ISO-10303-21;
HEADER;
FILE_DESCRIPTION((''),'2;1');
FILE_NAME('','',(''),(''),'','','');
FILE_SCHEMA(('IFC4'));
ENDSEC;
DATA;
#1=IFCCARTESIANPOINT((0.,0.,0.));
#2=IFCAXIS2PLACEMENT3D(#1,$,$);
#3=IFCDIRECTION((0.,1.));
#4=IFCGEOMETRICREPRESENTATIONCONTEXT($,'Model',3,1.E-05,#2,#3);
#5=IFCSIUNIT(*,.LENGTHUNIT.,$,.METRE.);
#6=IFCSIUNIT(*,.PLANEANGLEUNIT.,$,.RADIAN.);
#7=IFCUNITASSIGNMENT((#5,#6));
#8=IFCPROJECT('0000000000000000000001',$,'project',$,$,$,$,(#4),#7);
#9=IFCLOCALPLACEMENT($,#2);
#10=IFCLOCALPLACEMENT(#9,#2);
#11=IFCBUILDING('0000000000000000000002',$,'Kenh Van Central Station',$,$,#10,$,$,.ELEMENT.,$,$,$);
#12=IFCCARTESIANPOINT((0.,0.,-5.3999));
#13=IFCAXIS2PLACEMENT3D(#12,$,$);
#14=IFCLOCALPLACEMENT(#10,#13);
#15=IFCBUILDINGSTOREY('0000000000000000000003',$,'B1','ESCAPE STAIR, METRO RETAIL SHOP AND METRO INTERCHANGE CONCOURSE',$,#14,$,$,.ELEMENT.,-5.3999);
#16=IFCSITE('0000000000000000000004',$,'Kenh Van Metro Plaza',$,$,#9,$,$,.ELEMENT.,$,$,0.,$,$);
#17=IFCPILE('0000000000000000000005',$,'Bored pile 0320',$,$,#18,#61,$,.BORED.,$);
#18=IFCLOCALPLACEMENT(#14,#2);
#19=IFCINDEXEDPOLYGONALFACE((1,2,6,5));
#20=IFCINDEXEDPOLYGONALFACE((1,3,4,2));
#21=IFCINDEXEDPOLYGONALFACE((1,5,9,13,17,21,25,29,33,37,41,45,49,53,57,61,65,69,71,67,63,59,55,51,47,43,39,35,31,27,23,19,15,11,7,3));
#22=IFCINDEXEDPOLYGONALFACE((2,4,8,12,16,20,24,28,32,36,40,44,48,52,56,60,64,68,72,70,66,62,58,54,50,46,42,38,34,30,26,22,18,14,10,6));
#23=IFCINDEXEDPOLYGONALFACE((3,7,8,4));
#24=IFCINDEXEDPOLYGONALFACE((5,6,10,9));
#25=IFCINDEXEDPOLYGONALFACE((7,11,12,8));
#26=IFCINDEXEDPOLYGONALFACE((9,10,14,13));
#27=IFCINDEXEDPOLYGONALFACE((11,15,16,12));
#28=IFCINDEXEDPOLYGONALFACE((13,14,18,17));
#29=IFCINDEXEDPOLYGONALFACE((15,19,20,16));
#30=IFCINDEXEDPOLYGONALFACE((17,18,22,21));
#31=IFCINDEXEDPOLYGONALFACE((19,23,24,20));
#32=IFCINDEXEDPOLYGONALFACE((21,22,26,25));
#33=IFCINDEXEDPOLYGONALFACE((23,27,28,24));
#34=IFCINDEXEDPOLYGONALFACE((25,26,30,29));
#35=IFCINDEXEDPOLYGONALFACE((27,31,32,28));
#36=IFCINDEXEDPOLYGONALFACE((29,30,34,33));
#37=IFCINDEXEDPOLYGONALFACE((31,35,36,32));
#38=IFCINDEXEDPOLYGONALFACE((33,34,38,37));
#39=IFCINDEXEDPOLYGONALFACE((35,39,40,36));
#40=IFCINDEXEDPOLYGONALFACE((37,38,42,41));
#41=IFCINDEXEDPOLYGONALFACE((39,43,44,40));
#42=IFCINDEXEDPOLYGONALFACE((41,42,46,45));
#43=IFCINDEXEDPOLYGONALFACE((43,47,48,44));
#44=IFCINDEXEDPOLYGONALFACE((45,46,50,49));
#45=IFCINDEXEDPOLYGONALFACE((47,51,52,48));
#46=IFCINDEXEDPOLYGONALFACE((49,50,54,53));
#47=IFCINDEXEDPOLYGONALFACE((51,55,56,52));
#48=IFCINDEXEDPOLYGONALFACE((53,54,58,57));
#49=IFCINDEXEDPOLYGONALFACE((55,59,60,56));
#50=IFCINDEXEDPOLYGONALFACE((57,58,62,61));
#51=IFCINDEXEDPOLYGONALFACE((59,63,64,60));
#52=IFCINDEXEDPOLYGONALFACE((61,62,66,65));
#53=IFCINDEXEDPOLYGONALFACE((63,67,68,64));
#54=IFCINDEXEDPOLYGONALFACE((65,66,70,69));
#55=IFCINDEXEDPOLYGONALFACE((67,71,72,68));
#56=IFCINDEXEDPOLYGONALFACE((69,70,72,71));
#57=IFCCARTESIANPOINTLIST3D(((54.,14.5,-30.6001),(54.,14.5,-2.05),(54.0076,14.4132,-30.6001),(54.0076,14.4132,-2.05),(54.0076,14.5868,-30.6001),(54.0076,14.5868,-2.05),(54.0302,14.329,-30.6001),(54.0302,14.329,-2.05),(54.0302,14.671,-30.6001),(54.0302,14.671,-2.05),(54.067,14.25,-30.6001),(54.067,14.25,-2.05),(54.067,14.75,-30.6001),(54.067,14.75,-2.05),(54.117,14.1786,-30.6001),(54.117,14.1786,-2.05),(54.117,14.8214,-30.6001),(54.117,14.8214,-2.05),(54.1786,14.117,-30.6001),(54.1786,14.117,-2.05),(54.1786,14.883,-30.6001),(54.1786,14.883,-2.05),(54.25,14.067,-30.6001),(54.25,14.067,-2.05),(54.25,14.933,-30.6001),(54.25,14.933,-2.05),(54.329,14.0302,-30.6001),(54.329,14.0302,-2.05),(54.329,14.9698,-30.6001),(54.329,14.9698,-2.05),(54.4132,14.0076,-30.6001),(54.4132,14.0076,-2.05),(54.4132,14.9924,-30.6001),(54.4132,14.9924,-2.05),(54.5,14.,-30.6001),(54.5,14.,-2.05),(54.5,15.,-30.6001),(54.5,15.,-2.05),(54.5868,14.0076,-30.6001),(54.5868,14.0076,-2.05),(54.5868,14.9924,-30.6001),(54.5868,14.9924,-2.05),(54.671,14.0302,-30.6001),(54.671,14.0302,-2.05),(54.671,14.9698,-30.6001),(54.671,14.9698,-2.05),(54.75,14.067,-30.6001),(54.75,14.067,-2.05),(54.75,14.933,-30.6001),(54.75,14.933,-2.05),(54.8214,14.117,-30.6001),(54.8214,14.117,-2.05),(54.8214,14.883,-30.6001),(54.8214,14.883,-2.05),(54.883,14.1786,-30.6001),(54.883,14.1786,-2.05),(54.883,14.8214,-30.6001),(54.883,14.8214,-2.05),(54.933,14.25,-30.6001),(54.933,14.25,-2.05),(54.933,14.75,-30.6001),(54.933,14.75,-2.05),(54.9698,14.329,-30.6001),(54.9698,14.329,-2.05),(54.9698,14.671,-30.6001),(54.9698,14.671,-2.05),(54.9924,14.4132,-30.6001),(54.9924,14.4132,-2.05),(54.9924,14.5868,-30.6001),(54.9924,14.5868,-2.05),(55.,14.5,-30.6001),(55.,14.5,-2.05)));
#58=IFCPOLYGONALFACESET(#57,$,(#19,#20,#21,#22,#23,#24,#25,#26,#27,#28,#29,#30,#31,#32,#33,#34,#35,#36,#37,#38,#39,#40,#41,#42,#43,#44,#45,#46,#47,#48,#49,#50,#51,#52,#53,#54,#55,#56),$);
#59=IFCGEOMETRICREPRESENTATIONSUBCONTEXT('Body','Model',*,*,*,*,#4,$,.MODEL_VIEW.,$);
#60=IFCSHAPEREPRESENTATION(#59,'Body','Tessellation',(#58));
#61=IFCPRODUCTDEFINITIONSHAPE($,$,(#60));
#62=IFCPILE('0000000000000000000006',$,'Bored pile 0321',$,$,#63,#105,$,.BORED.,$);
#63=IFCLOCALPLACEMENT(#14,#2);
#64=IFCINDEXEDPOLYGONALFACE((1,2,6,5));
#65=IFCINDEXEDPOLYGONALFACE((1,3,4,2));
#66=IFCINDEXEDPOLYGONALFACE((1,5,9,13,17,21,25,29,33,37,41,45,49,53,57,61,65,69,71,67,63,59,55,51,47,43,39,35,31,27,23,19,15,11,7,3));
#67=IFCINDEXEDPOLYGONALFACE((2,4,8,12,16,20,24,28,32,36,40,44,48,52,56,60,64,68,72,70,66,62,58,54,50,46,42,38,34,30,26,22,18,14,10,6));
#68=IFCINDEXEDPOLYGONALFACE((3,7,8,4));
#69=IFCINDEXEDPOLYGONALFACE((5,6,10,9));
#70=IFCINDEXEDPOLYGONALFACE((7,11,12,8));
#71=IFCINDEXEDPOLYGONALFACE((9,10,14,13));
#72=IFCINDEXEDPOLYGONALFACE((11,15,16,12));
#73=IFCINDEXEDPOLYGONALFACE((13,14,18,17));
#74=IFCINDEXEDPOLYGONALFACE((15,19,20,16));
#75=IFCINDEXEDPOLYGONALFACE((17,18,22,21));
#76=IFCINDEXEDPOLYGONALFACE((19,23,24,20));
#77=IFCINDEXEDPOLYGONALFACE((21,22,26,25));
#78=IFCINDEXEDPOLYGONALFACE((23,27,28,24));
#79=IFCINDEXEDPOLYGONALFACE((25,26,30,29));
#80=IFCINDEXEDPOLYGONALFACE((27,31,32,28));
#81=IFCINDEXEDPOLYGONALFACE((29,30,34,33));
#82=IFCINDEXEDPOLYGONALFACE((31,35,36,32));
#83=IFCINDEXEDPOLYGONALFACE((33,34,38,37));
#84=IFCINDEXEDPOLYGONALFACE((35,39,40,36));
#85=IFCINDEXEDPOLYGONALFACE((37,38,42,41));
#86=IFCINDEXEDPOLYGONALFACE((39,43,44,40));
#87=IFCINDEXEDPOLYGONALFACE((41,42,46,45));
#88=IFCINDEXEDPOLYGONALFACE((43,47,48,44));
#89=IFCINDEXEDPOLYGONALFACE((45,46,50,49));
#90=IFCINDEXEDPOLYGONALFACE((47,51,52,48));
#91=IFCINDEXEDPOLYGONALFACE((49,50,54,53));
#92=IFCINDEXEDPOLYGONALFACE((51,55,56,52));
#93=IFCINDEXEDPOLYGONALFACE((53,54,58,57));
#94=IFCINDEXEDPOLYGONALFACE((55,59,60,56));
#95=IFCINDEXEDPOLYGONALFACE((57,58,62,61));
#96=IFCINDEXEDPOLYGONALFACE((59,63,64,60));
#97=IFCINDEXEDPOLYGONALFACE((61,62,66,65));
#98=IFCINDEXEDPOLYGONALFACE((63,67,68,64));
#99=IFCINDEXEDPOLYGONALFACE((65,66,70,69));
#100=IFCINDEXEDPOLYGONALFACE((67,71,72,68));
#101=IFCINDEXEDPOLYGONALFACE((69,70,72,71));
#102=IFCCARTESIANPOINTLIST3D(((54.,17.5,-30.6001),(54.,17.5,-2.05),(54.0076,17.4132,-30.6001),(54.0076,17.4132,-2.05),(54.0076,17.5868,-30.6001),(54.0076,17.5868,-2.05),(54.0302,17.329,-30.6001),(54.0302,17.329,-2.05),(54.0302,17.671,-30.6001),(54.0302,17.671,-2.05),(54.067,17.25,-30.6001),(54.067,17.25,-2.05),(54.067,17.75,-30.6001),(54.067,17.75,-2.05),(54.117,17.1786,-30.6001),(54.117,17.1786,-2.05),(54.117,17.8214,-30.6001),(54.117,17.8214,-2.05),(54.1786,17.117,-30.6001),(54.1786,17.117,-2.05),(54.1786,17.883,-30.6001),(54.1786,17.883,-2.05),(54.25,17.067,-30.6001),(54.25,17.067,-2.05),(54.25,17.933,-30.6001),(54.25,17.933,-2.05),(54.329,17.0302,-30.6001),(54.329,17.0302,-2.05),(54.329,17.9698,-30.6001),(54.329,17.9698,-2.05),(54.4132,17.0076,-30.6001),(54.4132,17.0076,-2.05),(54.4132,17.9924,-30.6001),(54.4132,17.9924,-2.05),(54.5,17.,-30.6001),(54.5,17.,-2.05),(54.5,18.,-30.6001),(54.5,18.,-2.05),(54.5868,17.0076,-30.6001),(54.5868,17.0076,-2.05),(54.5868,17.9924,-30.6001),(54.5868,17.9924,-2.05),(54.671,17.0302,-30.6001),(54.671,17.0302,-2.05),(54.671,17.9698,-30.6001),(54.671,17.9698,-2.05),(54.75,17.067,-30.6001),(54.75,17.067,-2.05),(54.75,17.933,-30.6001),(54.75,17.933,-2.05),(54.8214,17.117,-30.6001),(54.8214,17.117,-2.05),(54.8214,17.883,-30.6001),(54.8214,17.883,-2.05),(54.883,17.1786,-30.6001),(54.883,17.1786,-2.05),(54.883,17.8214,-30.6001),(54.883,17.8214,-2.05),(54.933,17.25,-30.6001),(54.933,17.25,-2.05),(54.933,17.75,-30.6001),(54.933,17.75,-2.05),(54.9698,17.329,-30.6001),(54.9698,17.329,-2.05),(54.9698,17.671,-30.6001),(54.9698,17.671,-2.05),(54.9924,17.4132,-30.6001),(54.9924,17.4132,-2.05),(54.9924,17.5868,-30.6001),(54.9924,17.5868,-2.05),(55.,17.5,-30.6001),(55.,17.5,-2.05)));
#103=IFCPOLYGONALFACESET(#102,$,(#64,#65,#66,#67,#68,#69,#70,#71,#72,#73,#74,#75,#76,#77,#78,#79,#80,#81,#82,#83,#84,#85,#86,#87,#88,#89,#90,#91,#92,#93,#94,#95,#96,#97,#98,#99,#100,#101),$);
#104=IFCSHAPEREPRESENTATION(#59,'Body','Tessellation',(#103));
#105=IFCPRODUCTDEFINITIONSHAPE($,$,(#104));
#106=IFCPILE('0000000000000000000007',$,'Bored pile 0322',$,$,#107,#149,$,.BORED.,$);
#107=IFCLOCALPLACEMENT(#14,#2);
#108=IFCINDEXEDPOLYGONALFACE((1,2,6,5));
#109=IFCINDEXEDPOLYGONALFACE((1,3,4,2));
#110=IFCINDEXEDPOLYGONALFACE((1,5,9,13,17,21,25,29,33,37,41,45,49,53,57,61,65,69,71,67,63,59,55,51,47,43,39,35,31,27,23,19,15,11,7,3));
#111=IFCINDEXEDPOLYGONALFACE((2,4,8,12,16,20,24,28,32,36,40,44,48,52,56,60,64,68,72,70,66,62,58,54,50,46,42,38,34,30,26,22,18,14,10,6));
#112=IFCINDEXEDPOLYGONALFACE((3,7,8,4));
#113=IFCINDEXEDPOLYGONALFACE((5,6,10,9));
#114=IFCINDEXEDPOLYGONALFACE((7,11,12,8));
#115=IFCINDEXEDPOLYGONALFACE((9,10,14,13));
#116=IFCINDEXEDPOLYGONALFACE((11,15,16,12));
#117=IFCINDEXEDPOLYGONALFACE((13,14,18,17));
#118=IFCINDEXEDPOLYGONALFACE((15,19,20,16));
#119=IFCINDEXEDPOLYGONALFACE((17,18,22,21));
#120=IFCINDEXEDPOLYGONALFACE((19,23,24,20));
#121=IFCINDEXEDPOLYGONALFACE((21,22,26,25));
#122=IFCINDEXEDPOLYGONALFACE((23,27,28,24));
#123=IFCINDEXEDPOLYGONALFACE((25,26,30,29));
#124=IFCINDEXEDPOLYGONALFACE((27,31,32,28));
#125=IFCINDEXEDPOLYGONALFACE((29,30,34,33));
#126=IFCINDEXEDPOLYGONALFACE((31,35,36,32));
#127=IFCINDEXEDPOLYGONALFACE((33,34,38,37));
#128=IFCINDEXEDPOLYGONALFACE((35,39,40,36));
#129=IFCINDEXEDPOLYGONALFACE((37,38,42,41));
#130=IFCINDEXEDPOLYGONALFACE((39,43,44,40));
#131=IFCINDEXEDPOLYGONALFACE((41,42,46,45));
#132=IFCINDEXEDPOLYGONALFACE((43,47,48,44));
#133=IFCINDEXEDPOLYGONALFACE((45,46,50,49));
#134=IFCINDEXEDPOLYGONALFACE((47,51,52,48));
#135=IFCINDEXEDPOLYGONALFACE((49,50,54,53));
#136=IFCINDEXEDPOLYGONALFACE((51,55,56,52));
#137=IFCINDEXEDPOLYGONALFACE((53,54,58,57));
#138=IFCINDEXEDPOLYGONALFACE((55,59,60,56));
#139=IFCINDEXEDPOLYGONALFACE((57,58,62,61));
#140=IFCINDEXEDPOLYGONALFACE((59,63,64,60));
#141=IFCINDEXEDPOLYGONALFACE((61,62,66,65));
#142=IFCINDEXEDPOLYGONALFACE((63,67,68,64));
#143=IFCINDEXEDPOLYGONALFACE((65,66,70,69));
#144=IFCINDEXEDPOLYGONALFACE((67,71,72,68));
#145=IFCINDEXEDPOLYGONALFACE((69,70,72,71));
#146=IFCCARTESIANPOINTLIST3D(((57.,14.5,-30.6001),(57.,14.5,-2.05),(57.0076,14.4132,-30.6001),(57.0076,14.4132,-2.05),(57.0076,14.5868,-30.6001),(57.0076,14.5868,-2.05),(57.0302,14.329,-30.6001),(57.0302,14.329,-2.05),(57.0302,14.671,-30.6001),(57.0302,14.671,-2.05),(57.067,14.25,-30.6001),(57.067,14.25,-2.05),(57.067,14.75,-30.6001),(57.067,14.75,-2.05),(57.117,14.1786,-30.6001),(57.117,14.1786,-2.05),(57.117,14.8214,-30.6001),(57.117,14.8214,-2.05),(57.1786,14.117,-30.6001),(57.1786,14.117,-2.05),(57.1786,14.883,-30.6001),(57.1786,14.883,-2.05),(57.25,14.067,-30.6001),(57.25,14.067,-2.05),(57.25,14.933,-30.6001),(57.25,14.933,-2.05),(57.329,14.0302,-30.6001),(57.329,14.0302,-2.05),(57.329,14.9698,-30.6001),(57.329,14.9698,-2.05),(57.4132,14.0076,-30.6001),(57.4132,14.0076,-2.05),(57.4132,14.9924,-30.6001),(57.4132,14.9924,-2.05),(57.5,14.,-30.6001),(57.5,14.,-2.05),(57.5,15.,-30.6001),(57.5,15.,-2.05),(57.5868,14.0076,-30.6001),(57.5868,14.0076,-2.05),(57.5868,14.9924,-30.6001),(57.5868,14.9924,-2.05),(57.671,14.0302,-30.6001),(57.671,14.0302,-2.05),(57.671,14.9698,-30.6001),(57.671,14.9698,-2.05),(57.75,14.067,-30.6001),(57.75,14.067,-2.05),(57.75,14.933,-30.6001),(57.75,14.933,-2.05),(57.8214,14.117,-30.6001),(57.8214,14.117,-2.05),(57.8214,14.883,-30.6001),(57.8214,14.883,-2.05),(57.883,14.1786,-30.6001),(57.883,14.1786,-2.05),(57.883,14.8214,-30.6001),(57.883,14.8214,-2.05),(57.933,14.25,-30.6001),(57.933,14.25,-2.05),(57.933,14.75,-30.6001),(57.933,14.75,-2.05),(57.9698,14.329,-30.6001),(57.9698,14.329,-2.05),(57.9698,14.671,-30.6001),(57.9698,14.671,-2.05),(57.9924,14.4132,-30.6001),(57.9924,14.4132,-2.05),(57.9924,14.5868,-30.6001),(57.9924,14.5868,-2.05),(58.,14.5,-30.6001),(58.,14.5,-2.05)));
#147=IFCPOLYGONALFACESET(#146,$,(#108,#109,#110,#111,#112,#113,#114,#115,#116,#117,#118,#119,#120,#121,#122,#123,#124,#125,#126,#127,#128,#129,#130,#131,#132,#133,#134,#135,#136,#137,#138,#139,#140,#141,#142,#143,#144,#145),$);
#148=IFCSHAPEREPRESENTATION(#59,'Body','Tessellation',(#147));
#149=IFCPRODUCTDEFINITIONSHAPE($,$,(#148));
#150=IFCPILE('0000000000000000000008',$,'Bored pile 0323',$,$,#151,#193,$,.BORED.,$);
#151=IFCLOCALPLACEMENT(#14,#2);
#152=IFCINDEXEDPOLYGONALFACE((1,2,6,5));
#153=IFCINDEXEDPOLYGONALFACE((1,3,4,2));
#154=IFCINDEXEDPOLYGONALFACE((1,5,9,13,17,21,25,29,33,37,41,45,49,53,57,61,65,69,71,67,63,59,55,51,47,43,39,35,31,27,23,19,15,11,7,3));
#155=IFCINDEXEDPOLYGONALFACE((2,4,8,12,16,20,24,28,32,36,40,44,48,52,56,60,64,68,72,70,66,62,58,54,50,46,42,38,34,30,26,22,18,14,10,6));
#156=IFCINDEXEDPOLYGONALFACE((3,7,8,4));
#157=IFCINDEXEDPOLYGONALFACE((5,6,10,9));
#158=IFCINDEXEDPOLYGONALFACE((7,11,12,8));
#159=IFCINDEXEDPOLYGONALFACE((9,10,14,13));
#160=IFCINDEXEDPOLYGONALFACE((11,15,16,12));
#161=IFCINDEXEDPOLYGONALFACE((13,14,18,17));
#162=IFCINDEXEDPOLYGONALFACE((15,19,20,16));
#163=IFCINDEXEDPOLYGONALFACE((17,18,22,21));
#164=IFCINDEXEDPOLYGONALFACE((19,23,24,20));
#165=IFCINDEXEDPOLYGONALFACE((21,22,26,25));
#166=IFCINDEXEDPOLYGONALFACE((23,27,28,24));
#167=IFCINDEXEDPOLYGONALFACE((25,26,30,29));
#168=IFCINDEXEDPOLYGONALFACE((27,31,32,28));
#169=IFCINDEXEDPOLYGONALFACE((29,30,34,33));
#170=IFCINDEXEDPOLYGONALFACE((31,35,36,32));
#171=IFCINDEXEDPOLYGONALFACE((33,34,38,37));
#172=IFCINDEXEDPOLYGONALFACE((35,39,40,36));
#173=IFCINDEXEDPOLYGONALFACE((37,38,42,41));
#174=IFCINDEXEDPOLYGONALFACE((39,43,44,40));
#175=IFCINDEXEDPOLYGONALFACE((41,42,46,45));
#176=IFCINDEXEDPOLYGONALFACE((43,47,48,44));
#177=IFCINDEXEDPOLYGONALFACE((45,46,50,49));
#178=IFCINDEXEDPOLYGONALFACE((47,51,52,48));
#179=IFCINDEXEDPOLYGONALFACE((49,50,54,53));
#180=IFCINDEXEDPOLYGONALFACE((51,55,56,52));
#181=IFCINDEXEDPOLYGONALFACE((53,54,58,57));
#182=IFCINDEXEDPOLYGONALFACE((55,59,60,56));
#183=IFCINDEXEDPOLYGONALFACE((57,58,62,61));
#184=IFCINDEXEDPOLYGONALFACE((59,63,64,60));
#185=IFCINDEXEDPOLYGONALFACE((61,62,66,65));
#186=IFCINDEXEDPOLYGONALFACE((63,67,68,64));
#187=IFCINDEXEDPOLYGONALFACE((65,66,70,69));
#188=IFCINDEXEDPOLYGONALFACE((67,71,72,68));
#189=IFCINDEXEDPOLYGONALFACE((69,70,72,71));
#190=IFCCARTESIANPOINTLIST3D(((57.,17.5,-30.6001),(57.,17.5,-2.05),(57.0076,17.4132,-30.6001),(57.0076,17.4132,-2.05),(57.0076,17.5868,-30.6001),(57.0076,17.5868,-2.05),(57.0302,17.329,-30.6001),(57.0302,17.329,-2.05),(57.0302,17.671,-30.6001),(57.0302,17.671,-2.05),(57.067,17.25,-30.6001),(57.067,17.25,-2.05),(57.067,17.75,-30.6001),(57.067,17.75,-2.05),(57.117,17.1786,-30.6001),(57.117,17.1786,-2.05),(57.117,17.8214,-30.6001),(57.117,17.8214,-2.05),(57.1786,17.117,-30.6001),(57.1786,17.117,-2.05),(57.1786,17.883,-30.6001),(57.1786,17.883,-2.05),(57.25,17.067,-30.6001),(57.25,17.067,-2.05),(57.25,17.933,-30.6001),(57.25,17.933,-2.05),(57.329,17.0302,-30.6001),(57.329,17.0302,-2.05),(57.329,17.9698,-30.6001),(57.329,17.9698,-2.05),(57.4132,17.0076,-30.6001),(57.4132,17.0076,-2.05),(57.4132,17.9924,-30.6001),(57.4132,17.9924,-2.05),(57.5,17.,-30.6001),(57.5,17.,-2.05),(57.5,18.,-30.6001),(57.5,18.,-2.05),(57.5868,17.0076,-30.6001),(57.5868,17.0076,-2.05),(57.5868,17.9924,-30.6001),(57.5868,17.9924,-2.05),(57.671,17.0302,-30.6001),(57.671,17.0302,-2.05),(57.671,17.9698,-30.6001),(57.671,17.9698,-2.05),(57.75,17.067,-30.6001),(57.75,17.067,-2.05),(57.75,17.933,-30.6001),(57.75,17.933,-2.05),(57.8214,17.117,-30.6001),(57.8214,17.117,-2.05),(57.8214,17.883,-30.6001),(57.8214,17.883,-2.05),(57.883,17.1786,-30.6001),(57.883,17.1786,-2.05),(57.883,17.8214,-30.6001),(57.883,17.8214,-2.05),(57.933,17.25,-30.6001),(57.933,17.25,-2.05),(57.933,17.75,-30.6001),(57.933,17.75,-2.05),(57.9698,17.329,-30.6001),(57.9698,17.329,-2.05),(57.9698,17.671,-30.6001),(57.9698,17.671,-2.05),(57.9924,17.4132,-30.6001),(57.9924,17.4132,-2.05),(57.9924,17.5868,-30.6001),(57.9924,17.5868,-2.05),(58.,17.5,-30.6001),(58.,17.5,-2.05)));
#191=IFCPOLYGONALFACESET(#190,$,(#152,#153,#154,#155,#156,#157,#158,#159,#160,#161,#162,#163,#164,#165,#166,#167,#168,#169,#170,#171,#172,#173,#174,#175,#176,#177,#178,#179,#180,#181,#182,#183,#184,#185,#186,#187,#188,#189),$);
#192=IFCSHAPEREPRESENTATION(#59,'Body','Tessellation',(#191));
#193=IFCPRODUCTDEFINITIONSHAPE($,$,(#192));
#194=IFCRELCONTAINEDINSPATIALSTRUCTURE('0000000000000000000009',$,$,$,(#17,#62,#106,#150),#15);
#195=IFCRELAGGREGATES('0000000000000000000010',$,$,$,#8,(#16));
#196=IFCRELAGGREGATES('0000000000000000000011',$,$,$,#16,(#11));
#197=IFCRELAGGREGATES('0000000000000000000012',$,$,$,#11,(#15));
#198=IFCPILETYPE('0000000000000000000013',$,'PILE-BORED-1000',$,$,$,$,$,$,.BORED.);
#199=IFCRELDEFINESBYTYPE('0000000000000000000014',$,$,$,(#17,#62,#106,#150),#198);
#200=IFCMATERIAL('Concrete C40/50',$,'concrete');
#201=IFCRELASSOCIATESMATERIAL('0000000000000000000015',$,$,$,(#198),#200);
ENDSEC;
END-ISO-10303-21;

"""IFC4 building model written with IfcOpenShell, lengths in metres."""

from ifc_helpers import new_model, si_unit, direction, frame, origin, origin_2d, place, context, subcontext, project, spatial, circle, extrude, material, material_profile, profile_set, type_object, element, save


model = new_model("IFC4")

# Units and contexts
model_context = context("Model", 3, precision=1e-05, world=origin(), true_north=direction((0.0, 1.0)))
body_context = subcontext(model_context, "Body", "Model", "MODEL_VIEW")
ifc_project = project(units=[si_unit("LENGTHUNIT", "METRE"), si_unit("PLANEANGLEUNIT", "RADIAN")], contexts=[model_context])

# Site, building, storey
site_placement = place(None, origin())
site = spatial("IfcSite", under=ifc_project, at=site_placement, Name="Kenh Van Metro Plaza", CompositionType="ELEMENT", RefElevation=0.0)
building_placement = place(site_placement, origin())
building = spatial("IfcBuilding", under=site, at=building_placement, Name="Kenh Van Central Station", CompositionType="ELEMENT")
storey_placement = place(building_placement, frame((0.0, 0.0, -5.3999)))
storey = spatial("IfcBuildingStorey", under=building, at=storey_placement, Name="B1", Description="ESCAPE STAIR, METRO RETAIL SHOP AND METRO INTERCHANGE CONCOURSE", CompositionType="ELEMENT", Elevation=-5.3999)

# Shared definitions
ifc_material_1 = material(Name="Concrete C40/50", Category="concrete")

# Piles
ifc_material_profile_1 = material_profile(ifc_material_1, circle(Radius=0.5, at=origin_2d()), Name="PILE D1000")
ifc_profile_set_1 = profile_set([ifc_material_profile_1], Name="Concrete C40/50")
pile_type = type_object("IfcPileType", Name="PILE-BORED-1000", PredefinedType="BORED", material=ifc_profile_set_1)
for number, where, z_axis, x_axis, name in (
    (1, (54.5, 14.5, -2.05), (0.0, 0.0, -1.0), (1.0, 0.0, 0.0), "Bored pile 0320"),
    (2, (54.5, 17.5, -2.05), (0.0, 0.0, -1.0), (1.0, 0.0, 0.0), "Bored pile 0321"),
    (3, (57.5, 14.5, -2.05), (0.0, 0.0, -1.0), (1.0, 0.0, 0.0), "Bored pile 0322"),
    (4, (57.5, 17.5, -2.05), (0.0, 0.0, -1.0), (1.0, 0.0, 0.0), "Bored pile 0323"),
):
    element("IfcPile", number, at=place(storey_placement, frame(where, z_axis=z_axis, x_axis=x_axis)), inside=storey, type_object=pile_type, Name=name, PredefinedType="BORED", context=body_context, shape_type="SweptSolid", body=[
        extrude(circle(Radius=0.5, at=origin_2d()), origin(), (0.0, 0.0, 1.0), 28.55),
    ])

save(model, "model.ifc")
